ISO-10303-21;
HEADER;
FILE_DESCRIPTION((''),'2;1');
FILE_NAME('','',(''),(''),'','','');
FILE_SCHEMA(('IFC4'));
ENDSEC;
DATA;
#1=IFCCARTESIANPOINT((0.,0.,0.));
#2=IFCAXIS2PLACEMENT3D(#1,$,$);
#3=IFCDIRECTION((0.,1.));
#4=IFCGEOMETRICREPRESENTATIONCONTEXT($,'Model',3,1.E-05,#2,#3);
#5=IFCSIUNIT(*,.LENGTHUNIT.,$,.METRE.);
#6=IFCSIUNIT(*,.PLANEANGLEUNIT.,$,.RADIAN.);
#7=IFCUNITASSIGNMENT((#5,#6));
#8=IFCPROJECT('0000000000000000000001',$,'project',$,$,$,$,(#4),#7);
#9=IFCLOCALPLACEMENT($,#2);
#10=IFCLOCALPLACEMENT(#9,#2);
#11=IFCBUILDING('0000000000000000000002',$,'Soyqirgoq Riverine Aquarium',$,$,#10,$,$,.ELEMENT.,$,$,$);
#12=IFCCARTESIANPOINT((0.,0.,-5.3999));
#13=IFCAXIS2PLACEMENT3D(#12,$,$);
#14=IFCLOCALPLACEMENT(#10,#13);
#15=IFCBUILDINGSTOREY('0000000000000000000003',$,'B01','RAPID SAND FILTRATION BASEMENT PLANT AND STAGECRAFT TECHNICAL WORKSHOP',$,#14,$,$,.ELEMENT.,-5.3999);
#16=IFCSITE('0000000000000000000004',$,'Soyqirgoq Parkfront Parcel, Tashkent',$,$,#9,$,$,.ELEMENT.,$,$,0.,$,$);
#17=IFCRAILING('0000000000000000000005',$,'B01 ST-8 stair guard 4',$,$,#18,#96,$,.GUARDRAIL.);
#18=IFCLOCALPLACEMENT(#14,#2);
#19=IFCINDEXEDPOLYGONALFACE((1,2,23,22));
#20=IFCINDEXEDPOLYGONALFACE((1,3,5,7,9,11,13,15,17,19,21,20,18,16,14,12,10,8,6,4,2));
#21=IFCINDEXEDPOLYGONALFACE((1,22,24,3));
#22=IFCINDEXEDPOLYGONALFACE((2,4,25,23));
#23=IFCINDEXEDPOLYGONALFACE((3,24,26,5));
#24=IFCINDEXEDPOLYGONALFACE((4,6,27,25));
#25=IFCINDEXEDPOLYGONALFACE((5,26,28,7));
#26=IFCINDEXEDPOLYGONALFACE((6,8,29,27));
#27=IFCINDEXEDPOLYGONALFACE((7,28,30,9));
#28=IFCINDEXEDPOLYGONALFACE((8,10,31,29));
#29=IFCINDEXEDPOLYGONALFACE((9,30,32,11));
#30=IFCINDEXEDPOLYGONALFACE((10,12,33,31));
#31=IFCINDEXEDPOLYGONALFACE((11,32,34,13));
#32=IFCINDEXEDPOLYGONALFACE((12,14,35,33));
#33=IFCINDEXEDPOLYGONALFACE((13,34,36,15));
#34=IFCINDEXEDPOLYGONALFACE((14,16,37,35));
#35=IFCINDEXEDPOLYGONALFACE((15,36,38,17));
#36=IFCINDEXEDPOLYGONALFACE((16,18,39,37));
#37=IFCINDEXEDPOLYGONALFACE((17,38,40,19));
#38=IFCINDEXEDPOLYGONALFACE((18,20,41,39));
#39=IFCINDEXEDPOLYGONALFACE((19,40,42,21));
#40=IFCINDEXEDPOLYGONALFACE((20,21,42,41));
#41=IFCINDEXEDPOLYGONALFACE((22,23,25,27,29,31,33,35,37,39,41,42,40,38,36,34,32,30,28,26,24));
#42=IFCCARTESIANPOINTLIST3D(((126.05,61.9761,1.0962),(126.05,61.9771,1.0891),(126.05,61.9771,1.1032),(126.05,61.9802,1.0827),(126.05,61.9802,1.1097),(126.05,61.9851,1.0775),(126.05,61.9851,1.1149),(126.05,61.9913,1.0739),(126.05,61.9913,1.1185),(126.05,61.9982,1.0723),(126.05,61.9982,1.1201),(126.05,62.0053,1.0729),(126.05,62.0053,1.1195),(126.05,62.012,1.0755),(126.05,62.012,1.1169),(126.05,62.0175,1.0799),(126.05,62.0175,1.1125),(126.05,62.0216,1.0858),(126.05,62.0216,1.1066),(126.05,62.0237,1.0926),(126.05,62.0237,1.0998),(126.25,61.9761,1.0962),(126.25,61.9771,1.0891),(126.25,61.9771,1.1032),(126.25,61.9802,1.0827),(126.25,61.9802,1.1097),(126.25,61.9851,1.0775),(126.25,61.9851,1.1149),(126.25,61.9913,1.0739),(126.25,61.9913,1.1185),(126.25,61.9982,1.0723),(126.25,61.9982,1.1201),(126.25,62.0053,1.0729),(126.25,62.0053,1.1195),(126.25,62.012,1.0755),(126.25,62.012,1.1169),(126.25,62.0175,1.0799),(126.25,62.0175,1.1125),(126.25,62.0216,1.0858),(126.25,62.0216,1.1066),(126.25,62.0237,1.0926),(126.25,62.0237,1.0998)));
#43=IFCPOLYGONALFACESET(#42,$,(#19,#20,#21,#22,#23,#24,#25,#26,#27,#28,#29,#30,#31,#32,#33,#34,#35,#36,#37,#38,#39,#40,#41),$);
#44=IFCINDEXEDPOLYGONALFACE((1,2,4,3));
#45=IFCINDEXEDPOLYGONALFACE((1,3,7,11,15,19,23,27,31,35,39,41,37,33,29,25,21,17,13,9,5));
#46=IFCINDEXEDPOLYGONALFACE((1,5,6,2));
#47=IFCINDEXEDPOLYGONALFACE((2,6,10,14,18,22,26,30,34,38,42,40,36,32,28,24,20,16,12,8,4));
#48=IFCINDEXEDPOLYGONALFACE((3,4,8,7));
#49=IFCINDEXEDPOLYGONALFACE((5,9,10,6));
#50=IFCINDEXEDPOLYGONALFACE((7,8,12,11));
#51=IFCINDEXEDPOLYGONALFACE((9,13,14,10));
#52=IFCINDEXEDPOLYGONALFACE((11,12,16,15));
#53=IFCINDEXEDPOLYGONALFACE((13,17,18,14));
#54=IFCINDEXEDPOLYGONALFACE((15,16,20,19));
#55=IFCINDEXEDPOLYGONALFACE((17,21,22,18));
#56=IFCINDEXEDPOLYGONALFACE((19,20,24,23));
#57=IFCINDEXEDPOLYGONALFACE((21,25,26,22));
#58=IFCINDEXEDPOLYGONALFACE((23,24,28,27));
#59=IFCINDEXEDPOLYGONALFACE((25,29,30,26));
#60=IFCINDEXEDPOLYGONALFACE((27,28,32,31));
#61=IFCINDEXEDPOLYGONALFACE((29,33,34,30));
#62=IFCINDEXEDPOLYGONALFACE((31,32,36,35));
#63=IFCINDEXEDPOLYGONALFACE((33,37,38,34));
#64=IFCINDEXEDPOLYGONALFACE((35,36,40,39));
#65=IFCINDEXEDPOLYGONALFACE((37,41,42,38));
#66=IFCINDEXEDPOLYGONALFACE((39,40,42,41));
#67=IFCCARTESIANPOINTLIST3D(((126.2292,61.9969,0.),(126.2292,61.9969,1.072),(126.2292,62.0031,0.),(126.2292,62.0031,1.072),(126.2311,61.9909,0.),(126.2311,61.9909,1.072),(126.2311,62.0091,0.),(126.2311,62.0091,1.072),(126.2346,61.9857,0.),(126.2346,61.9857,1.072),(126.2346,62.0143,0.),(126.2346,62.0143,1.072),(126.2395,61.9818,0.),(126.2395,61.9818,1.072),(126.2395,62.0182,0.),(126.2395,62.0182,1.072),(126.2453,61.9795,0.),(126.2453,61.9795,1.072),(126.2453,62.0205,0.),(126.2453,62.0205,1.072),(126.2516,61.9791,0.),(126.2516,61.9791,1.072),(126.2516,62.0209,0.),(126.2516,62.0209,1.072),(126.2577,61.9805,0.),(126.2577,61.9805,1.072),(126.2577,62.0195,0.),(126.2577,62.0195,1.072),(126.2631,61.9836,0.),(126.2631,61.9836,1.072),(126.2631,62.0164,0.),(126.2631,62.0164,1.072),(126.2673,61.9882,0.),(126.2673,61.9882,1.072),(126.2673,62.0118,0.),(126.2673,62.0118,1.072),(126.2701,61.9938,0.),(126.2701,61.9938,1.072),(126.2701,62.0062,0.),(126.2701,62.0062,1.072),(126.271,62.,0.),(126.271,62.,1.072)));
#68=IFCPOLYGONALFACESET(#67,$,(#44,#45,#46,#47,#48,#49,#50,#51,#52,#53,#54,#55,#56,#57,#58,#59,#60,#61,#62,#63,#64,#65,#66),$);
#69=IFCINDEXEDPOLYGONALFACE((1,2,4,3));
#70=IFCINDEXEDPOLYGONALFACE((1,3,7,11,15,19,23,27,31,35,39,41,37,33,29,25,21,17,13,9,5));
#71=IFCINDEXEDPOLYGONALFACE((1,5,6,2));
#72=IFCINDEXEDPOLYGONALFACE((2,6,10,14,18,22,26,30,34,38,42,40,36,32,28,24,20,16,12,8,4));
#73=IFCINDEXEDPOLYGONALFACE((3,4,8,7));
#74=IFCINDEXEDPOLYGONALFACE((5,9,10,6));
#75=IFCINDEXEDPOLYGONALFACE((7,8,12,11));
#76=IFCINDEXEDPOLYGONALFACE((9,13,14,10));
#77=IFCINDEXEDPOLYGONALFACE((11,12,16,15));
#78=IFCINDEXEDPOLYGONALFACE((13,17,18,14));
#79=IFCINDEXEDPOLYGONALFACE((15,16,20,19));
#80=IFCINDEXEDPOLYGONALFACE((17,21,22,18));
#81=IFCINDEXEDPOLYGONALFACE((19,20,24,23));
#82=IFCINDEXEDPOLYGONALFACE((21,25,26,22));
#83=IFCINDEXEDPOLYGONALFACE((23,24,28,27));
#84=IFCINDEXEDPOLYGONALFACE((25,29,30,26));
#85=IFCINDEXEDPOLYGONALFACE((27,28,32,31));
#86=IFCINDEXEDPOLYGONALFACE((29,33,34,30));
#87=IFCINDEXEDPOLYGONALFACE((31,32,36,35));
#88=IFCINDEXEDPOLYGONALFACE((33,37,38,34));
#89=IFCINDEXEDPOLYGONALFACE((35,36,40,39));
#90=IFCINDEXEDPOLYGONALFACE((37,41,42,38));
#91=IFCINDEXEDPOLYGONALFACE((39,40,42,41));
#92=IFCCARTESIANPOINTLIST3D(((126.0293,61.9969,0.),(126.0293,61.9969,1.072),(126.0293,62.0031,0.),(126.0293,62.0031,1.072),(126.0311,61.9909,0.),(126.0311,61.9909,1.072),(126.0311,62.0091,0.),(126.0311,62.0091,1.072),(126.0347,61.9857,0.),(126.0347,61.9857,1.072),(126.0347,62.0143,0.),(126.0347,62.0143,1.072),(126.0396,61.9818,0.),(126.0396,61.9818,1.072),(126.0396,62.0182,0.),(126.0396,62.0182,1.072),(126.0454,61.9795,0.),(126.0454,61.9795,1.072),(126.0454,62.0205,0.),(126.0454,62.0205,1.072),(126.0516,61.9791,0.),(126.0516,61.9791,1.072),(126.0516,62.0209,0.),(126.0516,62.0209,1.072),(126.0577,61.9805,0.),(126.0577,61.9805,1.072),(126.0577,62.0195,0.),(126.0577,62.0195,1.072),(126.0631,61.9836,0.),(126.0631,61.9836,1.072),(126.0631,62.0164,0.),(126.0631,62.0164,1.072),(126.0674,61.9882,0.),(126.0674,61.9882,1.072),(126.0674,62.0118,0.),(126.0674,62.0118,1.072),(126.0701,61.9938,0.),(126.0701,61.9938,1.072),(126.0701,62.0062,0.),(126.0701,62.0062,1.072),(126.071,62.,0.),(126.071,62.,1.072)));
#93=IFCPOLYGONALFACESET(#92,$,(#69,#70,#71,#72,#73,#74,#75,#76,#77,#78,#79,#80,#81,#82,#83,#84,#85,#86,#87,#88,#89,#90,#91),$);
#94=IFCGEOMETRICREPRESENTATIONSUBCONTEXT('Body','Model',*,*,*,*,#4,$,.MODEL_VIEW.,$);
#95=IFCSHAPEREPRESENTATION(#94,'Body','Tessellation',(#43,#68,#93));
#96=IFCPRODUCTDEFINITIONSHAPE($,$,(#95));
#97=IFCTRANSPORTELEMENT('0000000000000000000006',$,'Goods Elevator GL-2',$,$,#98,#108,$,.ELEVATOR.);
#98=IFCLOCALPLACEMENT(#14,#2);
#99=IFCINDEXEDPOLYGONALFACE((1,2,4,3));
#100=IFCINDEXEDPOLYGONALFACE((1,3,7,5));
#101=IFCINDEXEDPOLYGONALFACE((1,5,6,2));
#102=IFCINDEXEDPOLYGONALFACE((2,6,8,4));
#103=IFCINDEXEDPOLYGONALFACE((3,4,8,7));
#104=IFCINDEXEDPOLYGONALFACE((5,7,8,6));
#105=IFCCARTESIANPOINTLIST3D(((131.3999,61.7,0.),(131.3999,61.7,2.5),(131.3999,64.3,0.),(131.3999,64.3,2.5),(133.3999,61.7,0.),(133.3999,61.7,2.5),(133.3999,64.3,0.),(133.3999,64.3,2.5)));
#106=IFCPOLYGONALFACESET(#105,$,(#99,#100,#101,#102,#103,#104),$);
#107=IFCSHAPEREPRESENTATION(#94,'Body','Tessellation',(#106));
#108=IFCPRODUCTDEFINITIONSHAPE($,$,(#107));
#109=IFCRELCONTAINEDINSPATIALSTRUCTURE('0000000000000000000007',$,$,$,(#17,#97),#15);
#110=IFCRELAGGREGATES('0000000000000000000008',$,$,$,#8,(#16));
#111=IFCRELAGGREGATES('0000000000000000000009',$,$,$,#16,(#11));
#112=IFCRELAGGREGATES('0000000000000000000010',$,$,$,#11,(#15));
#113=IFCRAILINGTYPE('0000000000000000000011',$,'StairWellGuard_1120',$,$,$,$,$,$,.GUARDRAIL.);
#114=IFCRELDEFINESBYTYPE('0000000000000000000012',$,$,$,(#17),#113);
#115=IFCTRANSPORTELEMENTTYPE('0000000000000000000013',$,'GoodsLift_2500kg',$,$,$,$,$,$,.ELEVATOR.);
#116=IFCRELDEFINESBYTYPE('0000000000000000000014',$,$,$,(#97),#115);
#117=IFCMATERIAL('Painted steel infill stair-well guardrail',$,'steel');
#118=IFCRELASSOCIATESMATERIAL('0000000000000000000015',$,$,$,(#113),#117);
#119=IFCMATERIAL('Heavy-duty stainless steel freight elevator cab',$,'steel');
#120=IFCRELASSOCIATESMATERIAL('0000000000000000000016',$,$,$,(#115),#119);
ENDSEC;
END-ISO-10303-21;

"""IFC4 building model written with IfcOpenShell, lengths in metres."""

from ifc_helpers import new_model, si_unit, direction, frame, origin, origin_2d, place, context, subcontext, project, spatial, rectangle, circle, extrude, material, type_object, element, save


model = new_model("IFC4")

# Units and contexts
model_context = context("Model", 3, precision=1e-05, world=origin(), true_north=direction((0.0, 1.0)))
body_context = subcontext(model_context, "Body", "Model", "MODEL_VIEW")
ifc_project = project(units=[si_unit("LENGTHUNIT", "METRE"), si_unit("PLANEANGLEUNIT", "RADIAN")], contexts=[model_context])

# Site, building, storey
site_placement = place(None, origin())
site = spatial("IfcSite", under=ifc_project, at=site_placement, Name="Soyqirgoq Parkfront Parcel, Tashkent", CompositionType="ELEMENT", RefElevation=0.0)
building_placement = place(site_placement, origin())
building = spatial("IfcBuilding", under=site, at=building_placement, Name="Soyqirgoq Riverine Aquarium", CompositionType="ELEMENT")
storey_placement = place(building_placement, frame((0.0, 0.0, -5.3999)))
storey = spatial("IfcBuildingStorey", under=building, at=storey_placement, Name="B01", Description="RAPID SAND FILTRATION BASEMENT PLANT AND STAGECRAFT TECHNICAL WORKSHOP", CompositionType="ELEMENT", Elevation=-5.3999)

# Railing
ifc_material_1 = material(Name="Painted steel infill stair-well guardrail", Category="steel")
railing_type_1 = type_object("IfcRailingType", Name="StairWellGuard_1120", PredefinedType="GUARDRAIL", material=ifc_material_1)
railing_1_placement = place(storey_placement, frame((126.25, 62.0, 0.0)))
element("IfcRailing", 1, at=railing_1_placement, inside=storey, type_object=railing_type_1, Name="B01 ST-8 stair guard 4", PredefinedType="GUARDRAIL", context=body_context, shape_type="SweptSolid", body=[
    extrude(circle(Radius=0.0239, at=origin_2d()), frame((0.0, 0.0, 1.0962), z_axis=(-1.0, 0.0, 0.0), x_axis=(0.0, -1.0, 0.0)), (0.0, 0.0, 1.0), 0.2),
    extrude(circle(Radius=0.021, at=origin_2d()), origin(), (0.0, 0.0, 1.0), 1.072),
    extrude(circle(Radius=0.021, at=origin_2d()), frame((-0.2, 0.0, 0.0)), (0.0, 0.0, 1.0), 1.072),
])

# Transport element
ifc_material_2 = material(Name="Heavy-duty stainless steel freight elevator cab", Category="steel")
transport_element_type = type_object("IfcTransportElementType", Name="GoodsLift_2500kg", PredefinedType="ELEVATOR", material=ifc_material_2)
transport_element_placement = place(storey_placement, frame((132.3999, 63.0, 0.0), z_axis=(0.0, 0.0, 1.0), x_axis=(1.0, 0.0, 0.0)))
element("IfcTransportElement", 2, at=transport_element_placement, inside=storey, type_object=transport_element_type, Name="Goods Elevator GL-2", PredefinedType="ELEVATOR", context=body_context, shape_type="SweptSolid", body=[
    extrude(rectangle(XDim=2.0, YDim=2.6001, at=origin_2d()), origin(), (0.0, 0.0, 1.0), 2.5),
])

save(model, "model.ifc")
